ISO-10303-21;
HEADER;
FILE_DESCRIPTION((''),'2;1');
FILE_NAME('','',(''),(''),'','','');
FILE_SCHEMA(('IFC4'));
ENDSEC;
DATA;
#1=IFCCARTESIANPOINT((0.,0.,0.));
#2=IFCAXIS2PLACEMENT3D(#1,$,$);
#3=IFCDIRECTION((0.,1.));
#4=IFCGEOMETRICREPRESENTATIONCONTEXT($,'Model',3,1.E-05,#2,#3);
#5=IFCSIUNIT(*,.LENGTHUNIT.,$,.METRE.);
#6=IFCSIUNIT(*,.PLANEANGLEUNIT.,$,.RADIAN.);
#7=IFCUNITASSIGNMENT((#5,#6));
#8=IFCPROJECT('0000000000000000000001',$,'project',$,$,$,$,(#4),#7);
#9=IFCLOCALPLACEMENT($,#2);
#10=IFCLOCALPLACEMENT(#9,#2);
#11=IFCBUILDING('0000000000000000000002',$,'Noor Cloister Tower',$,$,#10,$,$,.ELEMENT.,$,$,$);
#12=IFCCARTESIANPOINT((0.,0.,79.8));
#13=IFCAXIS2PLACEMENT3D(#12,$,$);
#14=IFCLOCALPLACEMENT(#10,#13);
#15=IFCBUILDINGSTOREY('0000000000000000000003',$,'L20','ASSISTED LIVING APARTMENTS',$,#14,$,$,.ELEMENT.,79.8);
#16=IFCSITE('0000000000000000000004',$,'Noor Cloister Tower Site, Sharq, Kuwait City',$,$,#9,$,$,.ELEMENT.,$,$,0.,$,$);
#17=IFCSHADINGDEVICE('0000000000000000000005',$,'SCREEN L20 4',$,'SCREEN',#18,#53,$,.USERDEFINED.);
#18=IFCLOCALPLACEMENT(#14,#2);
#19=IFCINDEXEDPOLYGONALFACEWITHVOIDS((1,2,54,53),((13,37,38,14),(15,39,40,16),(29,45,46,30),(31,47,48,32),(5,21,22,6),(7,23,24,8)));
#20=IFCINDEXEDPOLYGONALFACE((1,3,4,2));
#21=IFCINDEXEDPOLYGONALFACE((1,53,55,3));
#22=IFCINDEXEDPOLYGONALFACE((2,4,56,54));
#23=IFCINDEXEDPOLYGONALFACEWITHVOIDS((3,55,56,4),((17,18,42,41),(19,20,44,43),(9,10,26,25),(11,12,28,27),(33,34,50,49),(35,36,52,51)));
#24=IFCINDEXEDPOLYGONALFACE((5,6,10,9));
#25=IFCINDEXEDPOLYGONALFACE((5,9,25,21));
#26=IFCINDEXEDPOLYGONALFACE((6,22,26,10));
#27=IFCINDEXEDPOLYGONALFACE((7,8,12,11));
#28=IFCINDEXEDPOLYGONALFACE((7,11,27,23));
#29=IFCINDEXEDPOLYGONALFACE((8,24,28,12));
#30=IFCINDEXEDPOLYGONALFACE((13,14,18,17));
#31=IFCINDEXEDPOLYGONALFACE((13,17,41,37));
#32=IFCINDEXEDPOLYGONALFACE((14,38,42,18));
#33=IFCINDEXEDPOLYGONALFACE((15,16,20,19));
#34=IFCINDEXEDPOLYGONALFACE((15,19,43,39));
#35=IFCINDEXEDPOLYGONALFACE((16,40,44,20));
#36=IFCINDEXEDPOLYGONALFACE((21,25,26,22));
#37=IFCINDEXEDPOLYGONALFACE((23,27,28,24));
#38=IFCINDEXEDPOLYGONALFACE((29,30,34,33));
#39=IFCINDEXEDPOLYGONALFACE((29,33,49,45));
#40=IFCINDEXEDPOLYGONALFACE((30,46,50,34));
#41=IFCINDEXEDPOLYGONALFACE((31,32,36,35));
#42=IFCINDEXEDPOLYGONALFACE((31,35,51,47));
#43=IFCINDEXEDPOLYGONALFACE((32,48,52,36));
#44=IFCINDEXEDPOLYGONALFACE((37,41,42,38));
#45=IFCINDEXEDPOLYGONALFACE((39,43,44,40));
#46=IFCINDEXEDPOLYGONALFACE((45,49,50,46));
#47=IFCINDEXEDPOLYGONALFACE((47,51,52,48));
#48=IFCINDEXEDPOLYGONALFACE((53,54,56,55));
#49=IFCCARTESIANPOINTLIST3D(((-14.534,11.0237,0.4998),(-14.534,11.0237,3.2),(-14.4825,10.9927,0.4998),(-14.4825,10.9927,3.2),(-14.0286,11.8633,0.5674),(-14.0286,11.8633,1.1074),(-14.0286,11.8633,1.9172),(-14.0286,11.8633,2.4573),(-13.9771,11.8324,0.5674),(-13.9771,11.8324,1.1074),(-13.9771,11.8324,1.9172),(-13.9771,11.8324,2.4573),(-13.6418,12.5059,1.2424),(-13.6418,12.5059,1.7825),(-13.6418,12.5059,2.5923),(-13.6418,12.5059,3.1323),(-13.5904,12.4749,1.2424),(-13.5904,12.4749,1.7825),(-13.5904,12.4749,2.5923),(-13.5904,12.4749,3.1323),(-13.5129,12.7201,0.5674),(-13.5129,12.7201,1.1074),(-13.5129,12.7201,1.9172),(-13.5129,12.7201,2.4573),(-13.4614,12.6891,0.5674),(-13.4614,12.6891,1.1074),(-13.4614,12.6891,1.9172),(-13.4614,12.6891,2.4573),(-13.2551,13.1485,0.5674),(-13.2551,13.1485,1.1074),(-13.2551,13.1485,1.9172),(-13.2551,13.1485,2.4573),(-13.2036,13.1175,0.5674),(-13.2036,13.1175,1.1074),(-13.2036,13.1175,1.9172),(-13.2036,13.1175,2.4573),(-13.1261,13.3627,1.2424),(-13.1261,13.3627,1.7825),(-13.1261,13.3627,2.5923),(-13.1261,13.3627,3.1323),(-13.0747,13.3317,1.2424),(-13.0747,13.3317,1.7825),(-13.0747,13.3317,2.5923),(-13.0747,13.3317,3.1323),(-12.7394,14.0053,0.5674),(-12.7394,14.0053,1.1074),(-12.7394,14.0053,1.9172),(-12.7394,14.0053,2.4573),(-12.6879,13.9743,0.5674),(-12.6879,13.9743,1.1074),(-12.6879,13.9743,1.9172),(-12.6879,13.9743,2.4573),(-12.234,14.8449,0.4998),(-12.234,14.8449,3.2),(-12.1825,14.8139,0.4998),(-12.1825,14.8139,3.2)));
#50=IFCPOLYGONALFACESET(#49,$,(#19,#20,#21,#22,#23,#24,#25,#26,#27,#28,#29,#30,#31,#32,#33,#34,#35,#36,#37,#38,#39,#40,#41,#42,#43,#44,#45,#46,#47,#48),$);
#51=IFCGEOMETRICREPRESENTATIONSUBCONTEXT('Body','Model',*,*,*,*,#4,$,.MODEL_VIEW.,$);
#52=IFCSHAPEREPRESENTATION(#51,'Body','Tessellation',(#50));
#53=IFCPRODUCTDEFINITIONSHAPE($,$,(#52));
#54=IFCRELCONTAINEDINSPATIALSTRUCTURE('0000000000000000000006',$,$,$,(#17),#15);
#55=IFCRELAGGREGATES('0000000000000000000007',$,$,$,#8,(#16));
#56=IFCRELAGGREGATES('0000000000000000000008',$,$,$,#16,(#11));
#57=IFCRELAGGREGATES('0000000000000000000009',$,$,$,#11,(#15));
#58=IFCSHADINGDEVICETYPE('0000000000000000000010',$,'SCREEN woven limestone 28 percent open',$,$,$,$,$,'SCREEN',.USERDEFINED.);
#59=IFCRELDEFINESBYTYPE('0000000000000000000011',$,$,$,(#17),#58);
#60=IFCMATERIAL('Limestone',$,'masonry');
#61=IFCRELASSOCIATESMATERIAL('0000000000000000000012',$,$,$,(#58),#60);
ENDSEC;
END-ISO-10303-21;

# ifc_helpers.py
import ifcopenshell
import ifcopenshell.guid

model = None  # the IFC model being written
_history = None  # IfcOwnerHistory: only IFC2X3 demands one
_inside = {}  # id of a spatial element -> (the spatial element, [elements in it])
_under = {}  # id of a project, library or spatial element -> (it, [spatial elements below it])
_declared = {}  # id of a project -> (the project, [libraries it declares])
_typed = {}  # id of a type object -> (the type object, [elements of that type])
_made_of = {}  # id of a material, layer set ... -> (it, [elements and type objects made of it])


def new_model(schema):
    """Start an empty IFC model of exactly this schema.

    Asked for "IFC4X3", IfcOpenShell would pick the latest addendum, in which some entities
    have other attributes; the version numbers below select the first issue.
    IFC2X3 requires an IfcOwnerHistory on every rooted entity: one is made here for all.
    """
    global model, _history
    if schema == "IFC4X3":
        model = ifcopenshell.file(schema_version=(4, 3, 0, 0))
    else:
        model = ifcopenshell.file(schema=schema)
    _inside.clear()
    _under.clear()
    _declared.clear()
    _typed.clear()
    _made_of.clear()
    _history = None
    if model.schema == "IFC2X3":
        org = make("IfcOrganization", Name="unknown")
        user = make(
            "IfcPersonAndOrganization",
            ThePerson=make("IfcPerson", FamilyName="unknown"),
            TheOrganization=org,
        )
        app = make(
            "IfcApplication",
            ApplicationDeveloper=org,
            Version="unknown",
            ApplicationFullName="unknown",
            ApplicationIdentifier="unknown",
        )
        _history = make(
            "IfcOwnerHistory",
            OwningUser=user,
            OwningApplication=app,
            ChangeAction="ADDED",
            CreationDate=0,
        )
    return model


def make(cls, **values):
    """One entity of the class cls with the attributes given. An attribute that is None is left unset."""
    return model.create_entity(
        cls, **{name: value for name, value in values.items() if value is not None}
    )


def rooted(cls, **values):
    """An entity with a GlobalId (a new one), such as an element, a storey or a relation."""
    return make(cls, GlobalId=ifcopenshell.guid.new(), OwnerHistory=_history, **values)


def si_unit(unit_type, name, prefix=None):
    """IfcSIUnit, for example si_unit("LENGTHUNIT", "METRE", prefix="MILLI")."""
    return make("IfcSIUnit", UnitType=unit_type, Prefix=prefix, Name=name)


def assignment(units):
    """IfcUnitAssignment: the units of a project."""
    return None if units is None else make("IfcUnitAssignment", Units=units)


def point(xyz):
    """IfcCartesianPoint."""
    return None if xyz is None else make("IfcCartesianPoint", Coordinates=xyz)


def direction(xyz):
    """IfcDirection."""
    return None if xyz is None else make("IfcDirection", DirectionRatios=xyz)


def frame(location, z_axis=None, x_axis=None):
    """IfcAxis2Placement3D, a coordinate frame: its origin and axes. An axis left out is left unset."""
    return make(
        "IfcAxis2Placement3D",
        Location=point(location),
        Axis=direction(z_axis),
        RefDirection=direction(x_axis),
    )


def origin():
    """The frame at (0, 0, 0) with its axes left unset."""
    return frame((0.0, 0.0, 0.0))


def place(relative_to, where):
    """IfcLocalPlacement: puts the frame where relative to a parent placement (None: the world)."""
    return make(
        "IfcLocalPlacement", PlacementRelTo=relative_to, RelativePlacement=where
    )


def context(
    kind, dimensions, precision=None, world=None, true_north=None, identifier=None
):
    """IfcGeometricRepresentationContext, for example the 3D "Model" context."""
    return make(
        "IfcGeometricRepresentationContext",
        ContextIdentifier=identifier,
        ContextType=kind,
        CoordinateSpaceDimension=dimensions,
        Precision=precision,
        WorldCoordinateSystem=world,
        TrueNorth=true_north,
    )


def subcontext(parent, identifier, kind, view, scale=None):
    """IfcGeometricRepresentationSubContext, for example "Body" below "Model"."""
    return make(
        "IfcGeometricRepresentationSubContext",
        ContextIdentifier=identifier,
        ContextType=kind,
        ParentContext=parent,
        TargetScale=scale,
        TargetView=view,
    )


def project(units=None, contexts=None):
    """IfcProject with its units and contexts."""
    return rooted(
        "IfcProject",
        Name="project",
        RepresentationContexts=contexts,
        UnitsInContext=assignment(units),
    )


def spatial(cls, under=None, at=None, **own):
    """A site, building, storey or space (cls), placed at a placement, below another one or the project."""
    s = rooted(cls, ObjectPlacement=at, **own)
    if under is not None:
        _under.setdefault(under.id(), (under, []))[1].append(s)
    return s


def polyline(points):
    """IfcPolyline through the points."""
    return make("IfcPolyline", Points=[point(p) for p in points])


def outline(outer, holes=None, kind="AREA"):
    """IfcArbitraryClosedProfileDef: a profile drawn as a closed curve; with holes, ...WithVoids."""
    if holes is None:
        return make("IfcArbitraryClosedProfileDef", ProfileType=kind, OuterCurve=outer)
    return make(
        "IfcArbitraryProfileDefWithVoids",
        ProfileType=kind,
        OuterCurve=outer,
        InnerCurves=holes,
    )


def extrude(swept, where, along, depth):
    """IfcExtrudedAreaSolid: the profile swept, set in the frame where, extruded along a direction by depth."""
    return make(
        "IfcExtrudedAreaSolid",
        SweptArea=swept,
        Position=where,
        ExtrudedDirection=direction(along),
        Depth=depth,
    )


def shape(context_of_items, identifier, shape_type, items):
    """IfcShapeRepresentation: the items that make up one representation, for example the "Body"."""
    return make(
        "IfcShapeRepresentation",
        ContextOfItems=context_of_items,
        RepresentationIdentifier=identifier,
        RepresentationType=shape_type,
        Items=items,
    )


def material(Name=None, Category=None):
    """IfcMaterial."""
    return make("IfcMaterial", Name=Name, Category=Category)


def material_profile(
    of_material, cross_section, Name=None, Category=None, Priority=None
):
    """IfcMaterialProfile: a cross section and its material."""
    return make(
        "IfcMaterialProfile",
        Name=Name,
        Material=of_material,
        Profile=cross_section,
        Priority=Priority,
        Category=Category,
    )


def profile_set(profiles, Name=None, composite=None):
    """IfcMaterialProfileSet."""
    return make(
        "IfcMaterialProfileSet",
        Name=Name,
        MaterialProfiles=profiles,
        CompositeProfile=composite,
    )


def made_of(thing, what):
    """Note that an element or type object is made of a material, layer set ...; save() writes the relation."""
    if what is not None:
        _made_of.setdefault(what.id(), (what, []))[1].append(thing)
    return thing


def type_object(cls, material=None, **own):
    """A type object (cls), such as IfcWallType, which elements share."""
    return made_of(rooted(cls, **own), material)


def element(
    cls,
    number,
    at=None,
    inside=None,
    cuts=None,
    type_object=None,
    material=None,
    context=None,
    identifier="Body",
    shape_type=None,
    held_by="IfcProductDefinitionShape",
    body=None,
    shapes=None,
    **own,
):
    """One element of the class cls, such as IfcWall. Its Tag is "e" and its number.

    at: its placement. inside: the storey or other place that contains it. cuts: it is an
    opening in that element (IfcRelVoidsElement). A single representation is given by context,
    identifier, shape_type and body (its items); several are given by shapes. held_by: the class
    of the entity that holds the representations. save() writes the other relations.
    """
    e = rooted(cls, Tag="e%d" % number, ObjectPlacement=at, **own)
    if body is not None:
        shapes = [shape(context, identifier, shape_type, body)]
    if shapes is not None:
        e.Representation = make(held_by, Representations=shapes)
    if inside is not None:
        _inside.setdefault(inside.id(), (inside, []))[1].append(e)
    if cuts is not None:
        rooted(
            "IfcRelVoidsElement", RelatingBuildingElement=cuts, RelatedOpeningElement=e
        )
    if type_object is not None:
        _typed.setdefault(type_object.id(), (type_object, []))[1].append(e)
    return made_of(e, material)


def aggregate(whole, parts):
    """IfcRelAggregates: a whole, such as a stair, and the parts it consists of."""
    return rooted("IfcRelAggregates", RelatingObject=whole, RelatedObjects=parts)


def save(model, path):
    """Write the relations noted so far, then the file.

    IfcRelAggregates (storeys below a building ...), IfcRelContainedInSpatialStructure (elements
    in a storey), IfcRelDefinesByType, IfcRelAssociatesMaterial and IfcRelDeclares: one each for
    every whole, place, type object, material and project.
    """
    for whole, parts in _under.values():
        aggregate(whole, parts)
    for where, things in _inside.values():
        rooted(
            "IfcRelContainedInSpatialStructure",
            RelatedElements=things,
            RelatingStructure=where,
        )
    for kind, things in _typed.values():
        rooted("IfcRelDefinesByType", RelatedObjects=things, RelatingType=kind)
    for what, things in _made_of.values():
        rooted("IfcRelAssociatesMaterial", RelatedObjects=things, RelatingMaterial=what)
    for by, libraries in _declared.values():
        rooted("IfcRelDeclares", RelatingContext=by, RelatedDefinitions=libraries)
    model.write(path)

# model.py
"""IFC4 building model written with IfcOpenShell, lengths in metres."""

from ifc_helpers import new_model, si_unit, direction, frame, origin, place, context, subcontext, project, spatial, polyline, outline, extrude, material, material_profile, profile_set, type_object, element, save


model = new_model("IFC4")

# Units and contexts
model_context = context("Model", 3, precision=1e-05, world=origin(), true_north=direction((0.0, 1.0)))
body_context = subcontext(model_context, "Body", "Model", "MODEL_VIEW")
ifc_project = project(units=[si_unit("LENGTHUNIT", "METRE"), si_unit("PLANEANGLEUNIT", "RADIAN")], contexts=[model_context])

# Site, building, storey
site_placement = place(None, origin())
site = spatial("IfcSite", under=ifc_project, at=site_placement, Name="Noor Cloister Tower Site, Sharq, Kuwait City", CompositionType="ELEMENT", RefElevation=0.0)
building_placement = place(site_placement, origin())
building = spatial("IfcBuilding", under=site, at=building_placement, Name="Noor Cloister Tower", CompositionType="ELEMENT")
storey_placement = place(building_placement, frame((0.0, 0.0, 79.8)))
storey = spatial("IfcBuildingStorey", under=building, at=storey_placement, Name="L20", Description="ASSISTED LIVING APARTMENTS", CompositionType="ELEMENT", Elevation=79.8)

# Shading device
ifc_material_1 = material(Name="Limestone", Category="masonry")
ifc_material_profile_1 = material_profile(ifc_material_1, outline(polyline([(-2.23, -1.3501), (2.23, -1.3501), (2.23, 1.3501), (-2.23, 1.3501), (-2.23, -1.3501)]), holes=[polyline([(-1.25, -1.2825), (-0.25, -1.2825), (-0.25, -0.7424), (-1.25, -0.7424), (-1.25, -1.2825)]), polyline([(0.25, -1.2825), (1.25, -1.2825), (1.25, -0.7424), (0.25, -0.7424), (0.25, -1.2825)]), polyline([(-0.5, -0.6074), (0.5, -0.6074), (0.5, -0.0674), (-0.5, -0.0674), (-0.5, -0.6074)]), polyline([(-1.25, 0.0674), (-0.25, 0.0674), (-0.25, 0.6074), (-1.25, 0.6074), (-1.25, 0.0674)]), polyline([(0.25, 0.0674), (1.25, 0.0674), (1.25, 0.6074), (0.25, 0.6074), (0.25, 0.0674)]), polyline([(-0.5, 0.7424), (0.5, 0.7424), (0.5, 1.2825), (-0.5, 1.2825), (-0.5, 0.7424)])]), Name="Woven screen 28 percent open")
ifc_profile_set_1 = profile_set([ifc_material_profile_1], Name="Limestone")
shading_device_type = type_object("IfcShadingDeviceType", Name="SCREEN woven limestone 28 percent open", ElementType="SCREEN", PredefinedType="USERDEFINED", material=ifc_profile_set_1)
shading_device_placement = place(storey_placement, frame((-13.3325, 12.9033, 1.8499), z_axis=(-0.856776, 0.51569, 0.0), x_axis=(-0.51569, -0.856776, 0.0)))
element("IfcShadingDevice", 1, at=shading_device_placement, inside=storey, type_object=shading_device_type, Name="SCREEN L20 4", ObjectType="SCREEN", PredefinedType="USERDEFINED", context=body_context, shape_type="SweptSolid", body=[
    extrude(outline(polyline([(-2.23, -1.3501), (2.23, -1.3501), (2.23, 1.3501), (-2.23, 1.3501), (-2.23, -1.3501)]), holes=[polyline([(-1.25, -1.2825), (-0.25, -1.2825), (-0.25, -0.7424), (-1.25, -0.7424), (-1.25, -1.2825)]), polyline([(0.25, -1.2825), (1.25, -1.2825), (1.25, -0.7424), (0.25, -0.7424), (0.25, -1.2825)]), polyline([(-0.5, -0.6074), (0.5, -0.6074), (0.5, -0.0674), (-0.5, -0.0674), (-0.5, -0.6074)]), polyline([(-1.25, 0.0674), (-0.25, 0.0674), (-0.25, 0.6074), (-1.25, 0.6074), (-1.25, 0.0674)]), polyline([(0.25, 0.0674), (1.25, 0.0674), (1.25, 0.6074), (0.25, 0.6074), (0.25, 0.0674)]), polyline([(-0.5, 0.7424), (0.5, 0.7424), (0.5, 1.2825), (-0.5, 1.2825), (-0.5, 0.7424)])]), origin(), (0.0, 0.0, 1.0), 0.0601),
])

save(model, "model.ifc")
